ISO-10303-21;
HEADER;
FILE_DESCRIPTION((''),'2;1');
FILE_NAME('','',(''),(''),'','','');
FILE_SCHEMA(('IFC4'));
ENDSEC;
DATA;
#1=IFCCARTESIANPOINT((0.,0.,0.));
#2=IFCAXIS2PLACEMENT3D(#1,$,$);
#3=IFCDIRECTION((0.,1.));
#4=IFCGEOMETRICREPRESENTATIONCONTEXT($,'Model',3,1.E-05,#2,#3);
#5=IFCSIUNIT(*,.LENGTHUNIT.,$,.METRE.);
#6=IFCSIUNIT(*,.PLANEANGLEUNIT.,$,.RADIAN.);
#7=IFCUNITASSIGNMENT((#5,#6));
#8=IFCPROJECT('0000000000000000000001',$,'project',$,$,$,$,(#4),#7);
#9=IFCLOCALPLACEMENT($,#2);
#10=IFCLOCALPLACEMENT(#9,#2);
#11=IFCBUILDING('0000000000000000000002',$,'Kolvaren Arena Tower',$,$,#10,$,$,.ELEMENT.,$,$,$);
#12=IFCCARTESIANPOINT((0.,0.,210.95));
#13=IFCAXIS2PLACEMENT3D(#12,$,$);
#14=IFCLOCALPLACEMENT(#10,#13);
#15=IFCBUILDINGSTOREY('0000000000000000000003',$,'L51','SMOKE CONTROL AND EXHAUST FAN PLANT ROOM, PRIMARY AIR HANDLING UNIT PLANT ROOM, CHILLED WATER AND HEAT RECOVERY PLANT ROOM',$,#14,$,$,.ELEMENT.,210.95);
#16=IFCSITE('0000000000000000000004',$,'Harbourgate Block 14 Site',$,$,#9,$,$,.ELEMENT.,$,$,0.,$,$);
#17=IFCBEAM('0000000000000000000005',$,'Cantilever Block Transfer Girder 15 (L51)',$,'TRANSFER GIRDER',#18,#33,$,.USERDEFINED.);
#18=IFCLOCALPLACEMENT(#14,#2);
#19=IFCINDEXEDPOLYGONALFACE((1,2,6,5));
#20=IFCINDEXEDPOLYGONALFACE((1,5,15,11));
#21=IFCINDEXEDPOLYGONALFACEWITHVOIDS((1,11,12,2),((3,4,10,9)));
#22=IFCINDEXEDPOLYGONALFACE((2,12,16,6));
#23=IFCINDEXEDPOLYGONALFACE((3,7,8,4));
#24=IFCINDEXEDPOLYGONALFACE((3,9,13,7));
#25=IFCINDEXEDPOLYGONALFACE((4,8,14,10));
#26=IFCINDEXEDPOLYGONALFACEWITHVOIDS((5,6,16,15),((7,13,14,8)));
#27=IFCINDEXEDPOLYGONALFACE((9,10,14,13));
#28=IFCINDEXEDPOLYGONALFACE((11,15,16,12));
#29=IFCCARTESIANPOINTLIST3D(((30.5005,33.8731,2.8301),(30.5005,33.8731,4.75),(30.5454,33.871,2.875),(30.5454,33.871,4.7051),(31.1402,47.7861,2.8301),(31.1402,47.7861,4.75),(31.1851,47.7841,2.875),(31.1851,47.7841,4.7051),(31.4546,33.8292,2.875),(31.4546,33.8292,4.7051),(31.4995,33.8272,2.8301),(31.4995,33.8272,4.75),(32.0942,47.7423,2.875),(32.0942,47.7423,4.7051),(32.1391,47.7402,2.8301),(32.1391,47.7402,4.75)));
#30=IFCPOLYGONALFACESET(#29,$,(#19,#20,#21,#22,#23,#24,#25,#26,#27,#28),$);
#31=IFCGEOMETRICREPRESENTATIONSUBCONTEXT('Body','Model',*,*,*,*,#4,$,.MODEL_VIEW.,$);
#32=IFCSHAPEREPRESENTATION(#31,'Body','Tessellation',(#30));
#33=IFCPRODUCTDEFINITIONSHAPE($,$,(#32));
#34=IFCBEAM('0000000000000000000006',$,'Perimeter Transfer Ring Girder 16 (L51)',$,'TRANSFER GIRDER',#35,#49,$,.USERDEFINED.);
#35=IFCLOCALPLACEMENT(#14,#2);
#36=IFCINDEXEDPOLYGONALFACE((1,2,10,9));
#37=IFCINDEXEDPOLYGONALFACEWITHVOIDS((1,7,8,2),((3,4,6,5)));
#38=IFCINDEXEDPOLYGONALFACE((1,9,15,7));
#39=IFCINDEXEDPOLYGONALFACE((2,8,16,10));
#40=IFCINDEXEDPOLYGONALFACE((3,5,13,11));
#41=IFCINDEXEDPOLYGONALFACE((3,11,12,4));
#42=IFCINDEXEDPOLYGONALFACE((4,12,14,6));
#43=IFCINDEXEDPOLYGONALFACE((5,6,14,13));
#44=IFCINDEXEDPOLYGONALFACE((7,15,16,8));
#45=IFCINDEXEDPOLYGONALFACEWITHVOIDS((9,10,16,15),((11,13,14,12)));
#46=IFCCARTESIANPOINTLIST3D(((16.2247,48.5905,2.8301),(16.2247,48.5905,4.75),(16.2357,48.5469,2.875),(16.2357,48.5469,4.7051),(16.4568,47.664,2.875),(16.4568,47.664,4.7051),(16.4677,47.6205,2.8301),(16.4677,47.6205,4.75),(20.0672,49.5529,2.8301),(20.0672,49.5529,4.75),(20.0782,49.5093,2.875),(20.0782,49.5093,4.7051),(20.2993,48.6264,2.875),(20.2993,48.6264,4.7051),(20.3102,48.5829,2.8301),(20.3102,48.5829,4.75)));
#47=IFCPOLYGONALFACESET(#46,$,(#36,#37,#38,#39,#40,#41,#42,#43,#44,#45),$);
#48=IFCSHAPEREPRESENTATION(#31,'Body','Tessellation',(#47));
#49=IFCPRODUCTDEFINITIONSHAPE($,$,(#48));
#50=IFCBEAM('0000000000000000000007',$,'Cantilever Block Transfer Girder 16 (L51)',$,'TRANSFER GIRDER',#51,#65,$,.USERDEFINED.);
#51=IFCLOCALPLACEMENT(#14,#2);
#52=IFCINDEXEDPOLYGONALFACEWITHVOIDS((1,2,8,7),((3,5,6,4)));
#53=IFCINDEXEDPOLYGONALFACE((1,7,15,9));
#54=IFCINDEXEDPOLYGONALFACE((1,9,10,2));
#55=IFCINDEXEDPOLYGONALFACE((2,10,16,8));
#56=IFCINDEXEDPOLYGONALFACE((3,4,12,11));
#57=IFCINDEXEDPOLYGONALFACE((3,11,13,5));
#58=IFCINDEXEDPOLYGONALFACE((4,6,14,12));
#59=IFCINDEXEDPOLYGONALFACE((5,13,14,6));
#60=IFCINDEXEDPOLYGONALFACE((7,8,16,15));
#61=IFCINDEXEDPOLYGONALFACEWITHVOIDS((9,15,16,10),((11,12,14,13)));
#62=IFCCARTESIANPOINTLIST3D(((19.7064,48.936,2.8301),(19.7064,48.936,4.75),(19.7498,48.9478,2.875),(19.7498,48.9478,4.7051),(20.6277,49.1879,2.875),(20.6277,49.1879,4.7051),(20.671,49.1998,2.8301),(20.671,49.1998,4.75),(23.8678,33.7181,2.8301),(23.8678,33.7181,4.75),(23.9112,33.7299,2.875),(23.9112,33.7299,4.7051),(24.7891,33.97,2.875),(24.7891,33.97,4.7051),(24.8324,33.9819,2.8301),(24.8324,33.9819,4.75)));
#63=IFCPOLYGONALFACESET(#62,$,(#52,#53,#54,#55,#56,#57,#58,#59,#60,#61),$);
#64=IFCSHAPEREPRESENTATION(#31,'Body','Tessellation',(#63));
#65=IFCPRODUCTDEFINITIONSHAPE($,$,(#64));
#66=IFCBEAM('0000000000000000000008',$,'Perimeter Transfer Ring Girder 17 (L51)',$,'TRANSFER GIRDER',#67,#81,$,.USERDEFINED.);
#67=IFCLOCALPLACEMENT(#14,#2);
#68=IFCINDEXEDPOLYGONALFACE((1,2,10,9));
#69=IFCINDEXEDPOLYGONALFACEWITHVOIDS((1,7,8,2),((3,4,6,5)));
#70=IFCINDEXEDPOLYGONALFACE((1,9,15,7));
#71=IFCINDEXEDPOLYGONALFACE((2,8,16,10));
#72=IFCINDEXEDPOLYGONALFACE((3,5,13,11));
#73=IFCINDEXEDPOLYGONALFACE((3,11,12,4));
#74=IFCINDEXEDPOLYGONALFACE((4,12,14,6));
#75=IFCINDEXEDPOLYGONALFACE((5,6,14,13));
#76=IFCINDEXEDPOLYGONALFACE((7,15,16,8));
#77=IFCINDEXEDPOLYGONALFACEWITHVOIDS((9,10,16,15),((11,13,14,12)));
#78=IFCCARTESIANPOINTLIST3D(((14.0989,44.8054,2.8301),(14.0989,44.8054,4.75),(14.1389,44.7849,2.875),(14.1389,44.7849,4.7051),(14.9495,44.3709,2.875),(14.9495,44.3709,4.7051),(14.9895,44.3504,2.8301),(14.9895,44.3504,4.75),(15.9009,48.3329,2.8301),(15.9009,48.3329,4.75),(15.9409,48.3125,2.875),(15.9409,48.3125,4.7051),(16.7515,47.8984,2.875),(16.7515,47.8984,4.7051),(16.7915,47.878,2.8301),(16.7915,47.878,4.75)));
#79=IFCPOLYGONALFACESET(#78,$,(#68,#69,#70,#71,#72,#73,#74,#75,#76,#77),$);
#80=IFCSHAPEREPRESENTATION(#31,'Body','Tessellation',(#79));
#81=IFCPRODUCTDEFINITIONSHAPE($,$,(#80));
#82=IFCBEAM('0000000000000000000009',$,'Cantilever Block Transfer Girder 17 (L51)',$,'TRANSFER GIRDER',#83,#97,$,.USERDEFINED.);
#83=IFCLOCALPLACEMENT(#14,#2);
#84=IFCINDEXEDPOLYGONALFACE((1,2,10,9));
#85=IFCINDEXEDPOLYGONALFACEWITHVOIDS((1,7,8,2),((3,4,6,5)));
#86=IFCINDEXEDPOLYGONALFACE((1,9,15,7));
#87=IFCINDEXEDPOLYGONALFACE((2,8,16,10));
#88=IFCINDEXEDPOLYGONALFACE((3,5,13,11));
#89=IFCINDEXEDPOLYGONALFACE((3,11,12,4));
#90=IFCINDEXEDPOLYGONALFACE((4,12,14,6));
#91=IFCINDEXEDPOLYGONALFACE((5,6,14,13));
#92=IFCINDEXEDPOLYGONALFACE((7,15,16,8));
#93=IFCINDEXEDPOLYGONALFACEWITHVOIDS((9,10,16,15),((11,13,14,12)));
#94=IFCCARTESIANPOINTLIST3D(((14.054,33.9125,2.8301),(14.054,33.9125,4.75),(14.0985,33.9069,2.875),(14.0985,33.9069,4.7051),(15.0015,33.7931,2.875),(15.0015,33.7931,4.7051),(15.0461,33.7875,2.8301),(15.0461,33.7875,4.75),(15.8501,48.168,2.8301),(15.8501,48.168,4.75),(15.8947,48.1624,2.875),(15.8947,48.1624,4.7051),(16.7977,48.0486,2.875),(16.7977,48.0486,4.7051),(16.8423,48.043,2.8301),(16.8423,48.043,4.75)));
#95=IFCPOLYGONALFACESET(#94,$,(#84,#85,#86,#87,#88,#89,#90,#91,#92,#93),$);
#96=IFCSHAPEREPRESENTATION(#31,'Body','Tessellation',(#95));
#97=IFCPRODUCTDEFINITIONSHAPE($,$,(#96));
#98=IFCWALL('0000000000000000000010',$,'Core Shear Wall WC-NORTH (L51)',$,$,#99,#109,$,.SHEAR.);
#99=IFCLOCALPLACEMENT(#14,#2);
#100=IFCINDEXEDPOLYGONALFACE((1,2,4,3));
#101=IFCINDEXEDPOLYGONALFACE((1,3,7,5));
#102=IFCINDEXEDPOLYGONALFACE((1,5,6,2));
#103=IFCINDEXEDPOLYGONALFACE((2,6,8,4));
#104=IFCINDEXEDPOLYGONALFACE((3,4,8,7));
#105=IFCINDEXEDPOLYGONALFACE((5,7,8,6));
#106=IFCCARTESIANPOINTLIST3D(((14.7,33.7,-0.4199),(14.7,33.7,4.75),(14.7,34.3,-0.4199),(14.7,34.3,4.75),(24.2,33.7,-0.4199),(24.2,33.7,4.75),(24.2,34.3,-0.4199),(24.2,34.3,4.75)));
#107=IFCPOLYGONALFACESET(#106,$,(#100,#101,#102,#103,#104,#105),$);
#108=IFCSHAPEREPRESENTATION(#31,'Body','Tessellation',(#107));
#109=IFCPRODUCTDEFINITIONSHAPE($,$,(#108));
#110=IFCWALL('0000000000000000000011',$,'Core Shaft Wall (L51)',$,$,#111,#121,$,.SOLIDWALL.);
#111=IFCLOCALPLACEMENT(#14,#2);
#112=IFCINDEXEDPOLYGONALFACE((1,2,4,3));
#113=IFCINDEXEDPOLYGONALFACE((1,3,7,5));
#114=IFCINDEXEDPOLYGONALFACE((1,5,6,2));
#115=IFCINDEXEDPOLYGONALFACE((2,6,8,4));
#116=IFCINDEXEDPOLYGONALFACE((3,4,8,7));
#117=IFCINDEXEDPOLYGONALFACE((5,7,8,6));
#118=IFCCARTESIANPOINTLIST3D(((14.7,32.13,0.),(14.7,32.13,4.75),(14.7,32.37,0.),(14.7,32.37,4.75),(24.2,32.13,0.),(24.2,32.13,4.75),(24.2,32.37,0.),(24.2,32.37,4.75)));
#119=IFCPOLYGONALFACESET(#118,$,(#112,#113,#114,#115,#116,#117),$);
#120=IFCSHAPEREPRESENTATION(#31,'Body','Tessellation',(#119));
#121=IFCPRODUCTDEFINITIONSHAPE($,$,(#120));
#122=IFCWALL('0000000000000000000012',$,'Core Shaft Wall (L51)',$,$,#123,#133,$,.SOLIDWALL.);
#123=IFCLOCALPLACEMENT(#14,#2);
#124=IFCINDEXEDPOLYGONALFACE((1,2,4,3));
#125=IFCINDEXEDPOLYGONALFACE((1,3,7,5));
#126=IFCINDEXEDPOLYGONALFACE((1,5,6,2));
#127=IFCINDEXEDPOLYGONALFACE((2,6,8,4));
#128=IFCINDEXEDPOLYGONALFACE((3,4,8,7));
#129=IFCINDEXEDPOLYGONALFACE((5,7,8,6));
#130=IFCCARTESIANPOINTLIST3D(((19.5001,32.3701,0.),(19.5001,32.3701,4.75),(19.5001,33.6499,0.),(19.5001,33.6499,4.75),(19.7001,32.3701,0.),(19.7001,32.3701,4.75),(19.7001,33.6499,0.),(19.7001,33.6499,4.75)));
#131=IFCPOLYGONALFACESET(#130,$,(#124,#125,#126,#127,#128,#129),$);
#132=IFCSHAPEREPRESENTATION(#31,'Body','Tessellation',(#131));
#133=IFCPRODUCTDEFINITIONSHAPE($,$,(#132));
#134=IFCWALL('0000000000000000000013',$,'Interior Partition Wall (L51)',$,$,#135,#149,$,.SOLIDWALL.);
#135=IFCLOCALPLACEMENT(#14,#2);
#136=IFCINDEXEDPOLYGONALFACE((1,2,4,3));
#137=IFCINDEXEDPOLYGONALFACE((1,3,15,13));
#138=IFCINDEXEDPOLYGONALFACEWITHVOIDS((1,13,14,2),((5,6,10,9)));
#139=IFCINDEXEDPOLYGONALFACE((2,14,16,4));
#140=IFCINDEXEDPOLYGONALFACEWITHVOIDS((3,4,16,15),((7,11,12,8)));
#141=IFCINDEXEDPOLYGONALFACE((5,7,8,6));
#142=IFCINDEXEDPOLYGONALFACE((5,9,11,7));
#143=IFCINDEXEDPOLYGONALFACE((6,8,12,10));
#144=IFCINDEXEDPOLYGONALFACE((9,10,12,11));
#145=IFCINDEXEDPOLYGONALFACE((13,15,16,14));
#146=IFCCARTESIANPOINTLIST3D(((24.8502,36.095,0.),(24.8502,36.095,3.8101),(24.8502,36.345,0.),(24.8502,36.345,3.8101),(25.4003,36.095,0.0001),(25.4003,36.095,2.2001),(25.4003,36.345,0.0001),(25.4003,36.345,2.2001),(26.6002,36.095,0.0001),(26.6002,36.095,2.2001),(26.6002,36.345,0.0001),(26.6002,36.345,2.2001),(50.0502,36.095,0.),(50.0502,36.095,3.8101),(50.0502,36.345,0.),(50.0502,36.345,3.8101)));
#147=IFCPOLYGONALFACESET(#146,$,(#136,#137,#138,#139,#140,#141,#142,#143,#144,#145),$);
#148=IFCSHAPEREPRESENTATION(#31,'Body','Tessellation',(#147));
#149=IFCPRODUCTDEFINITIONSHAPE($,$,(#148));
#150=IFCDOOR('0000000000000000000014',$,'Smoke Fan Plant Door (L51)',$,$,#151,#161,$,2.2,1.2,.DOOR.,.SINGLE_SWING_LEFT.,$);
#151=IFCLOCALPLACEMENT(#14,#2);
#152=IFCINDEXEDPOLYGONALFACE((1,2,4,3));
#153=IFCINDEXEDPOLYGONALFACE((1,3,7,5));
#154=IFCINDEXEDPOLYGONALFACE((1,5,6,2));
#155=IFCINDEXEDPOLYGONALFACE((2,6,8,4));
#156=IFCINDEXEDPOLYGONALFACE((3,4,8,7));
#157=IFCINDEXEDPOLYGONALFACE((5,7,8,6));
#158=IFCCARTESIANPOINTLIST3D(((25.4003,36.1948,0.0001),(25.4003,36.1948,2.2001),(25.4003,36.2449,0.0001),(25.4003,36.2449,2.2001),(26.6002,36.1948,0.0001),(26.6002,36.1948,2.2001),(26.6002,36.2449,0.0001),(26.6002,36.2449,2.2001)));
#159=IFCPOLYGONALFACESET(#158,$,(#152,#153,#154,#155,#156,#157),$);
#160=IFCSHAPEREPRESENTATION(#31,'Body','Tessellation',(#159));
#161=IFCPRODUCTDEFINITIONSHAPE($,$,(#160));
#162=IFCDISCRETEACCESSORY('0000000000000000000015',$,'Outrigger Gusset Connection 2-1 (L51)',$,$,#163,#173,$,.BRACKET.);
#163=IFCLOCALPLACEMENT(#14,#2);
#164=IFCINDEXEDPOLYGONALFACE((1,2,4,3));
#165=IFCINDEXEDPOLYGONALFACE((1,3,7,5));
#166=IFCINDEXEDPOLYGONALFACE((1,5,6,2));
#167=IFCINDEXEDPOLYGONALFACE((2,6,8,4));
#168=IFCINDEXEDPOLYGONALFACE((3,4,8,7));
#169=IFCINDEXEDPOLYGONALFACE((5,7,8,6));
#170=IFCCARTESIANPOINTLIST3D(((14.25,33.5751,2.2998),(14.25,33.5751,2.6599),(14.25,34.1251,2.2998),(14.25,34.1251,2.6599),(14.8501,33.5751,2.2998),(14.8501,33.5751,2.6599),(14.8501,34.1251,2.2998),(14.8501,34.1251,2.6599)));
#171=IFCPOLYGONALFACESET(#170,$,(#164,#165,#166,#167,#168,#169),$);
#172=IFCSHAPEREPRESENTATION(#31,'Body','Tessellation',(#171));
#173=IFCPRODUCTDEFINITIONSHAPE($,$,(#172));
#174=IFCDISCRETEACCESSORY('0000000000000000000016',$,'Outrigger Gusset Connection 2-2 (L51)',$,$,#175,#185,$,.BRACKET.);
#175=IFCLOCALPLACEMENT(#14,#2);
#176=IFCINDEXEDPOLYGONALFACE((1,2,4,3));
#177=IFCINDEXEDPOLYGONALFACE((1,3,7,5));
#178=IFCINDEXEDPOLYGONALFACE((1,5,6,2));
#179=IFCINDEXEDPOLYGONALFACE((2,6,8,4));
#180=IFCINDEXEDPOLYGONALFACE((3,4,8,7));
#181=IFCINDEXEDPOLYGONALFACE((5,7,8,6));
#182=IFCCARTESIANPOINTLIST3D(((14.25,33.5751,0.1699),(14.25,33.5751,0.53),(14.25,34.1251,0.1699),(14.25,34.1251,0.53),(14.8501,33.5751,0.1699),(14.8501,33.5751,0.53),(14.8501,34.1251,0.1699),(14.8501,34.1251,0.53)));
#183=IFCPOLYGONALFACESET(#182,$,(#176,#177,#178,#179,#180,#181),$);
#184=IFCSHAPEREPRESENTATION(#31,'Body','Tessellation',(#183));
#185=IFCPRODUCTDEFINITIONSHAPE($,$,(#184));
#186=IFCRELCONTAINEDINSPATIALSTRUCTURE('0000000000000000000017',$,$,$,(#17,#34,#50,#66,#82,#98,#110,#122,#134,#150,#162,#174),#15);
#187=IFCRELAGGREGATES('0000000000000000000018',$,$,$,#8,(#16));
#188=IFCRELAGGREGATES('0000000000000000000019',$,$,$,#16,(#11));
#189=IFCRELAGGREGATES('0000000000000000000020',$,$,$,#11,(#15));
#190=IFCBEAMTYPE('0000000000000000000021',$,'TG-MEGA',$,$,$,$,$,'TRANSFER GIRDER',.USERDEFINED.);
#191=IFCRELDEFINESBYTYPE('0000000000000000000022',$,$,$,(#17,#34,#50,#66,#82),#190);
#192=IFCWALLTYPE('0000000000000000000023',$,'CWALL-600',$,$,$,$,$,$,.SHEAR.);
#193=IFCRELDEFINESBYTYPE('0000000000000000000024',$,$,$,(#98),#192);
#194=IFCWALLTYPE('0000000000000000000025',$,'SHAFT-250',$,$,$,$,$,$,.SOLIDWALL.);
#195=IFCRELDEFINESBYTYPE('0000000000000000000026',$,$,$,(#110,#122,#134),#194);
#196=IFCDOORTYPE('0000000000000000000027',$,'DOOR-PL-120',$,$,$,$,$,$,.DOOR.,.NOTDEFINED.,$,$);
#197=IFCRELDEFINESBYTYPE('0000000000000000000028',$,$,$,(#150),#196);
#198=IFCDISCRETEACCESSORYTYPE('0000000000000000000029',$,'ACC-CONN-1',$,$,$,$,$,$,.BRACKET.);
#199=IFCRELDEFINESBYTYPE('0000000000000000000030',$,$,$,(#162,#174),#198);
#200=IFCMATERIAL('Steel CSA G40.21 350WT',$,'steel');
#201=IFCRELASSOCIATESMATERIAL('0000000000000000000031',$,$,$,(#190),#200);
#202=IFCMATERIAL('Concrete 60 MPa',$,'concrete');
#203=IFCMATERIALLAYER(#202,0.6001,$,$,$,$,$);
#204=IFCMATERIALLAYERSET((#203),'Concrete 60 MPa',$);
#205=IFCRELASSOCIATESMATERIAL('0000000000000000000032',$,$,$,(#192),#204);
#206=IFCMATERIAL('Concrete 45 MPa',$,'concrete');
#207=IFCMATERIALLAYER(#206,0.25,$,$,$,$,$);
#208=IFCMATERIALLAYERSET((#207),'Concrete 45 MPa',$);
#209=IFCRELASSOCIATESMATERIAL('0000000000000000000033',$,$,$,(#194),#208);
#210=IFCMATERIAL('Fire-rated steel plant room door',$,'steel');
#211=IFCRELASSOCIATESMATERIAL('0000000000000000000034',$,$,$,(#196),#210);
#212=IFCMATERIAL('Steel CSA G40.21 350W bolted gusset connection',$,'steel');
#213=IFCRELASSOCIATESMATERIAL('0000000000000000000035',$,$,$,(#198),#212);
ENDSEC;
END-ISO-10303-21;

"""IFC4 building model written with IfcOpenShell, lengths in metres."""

from ifc_helpers import new_model, si_unit, direction, frame, frame_2d, origin, origin_2d, place, context, subcontext, project, spatial, rectangle, hollow_rectangle, extrude, material, layer, layer_set, material_profile, profile_set, type_object, element, fill, save


model = new_model("IFC4")

# Units and contexts
model_context = context("Model", 3, precision=1e-05, world=origin(), true_north=direction((0.0, 1.0)))
body_context = subcontext(model_context, "Body", "Model", "MODEL_VIEW")
ifc_project = project(units=[si_unit("LENGTHUNIT", "METRE"), si_unit("PLANEANGLEUNIT", "RADIAN")], contexts=[model_context])

# Site, building, storey
site_placement = place(None, origin())
site = spatial("IfcSite", under=ifc_project, at=site_placement, Name="Harbourgate Block 14 Site", CompositionType="ELEMENT", RefElevation=0.0)
building_placement = place(site_placement, origin())
building = spatial("IfcBuilding", under=site, at=building_placement, Name="Kolvaren Arena Tower", CompositionType="ELEMENT")
storey_placement = place(building_placement, frame((0.0, 0.0, 210.95)))
storey = spatial("IfcBuildingStorey", under=building, at=storey_placement, Name="L51", Description="SMOKE CONTROL AND EXHAUST FAN PLANT ROOM, PRIMARY AIR HANDLING UNIT PLANT ROOM, CHILLED WATER AND HEAT RECOVERY PLANT ROOM", CompositionType="ELEMENT", Elevation=210.95)

# Shared definitions
ifc_material_1 = material(Name="Steel CSA G40.21 350WT", Category="steel")

# Beams
ifc_material_profile_1 = material_profile(ifc_material_1, hollow_rectangle(XDim=1.0, YDim=1.9199, WallThickness=0.0449, at=origin_2d()), Name="BOX 1000x1920x45")
ifc_profile_set_1 = profile_set([ifc_material_profile_1], Name="Steel CSA G40.21 350WT")
beam_type_1 = type_object("IfcBeamType", Name="TG-MEGA", ElementType="TRANSFER GIRDER", PredefinedType="USERDEFINED", material=ifc_profile_set_1)
beam_1_placement = place(storey_placement, frame((31.6396, 47.7632, 3.79), z_axis=(-0.045926, -0.998945, 0.0), x_axis=(0.998945, -0.045926, 0.0)))
element("IfcBeam", 1, at=beam_1_placement, inside=storey, type_object=beam_type_1, Name="Cantilever Block Transfer Girder 15 (L51)", ObjectType="TRANSFER GIRDER", PredefinedType="USERDEFINED", context=body_context, shape_type="SweptSolid", body=[
    extrude(hollow_rectangle(XDim=1.0, YDim=1.9199, WallThickness=0.0449, at=origin_2d()), origin(), (0.0, 0.0, 1.0), 13.9277),
])
beam_2_placement = place(storey_placement, frame((20.1887, 49.0679, 3.79), z_axis=(-0.970037, -0.242956, 0.0), x_axis=(0.242956, -0.970037, 0.0)))
element("IfcBeam", 2, at=beam_2_placement, inside=storey, type_object=beam_type_1, Name="Perimeter Transfer Ring Girder 16 (L51)", ObjectType="TRANSFER GIRDER", PredefinedType="USERDEFINED", context=body_context, shape_type="SweptSolid", body=[
    extrude(hollow_rectangle(XDim=1.0, YDim=1.9199, WallThickness=0.0449, at=origin_2d()), origin(), (0.0, 0.0, 1.0), 3.9612),
])
beam_3_placement = place(storey_placement, frame((20.1887, 49.0679, 3.79), z_axis=(0.263771, -0.964585, 0.0), x_axis=(0.964585, 0.263771, 0.0)))
element("IfcBeam", 3, at=beam_3_placement, inside=storey, type_object=beam_type_1, Name="Cantilever Block Transfer Girder 16 (L51)", ObjectType="TRANSFER GIRDER", PredefinedType="USERDEFINED", context=body_context, shape_type="SweptSolid", body=[
    extrude(hollow_rectangle(XDim=1.0, YDim=1.9199, WallThickness=0.0449, at=origin_2d()), origin(), (0.0, 0.0, 1.0), 15.7766),
])
beam_4_placement = place(storey_placement, frame((16.3462, 48.1055, 3.79), z_axis=(-0.454913, -0.890536, 0.0), x_axis=(0.890536, -0.454913, 0.0)))
element("IfcBeam", 4, at=beam_4_placement, inside=storey, type_object=beam_type_1, Name="Perimeter Transfer Ring Girder 17 (L51)", ObjectType="TRANSFER GIRDER", PredefinedType="USERDEFINED", context=body_context, shape_type="SweptSolid", body=[
    extrude(hollow_rectangle(XDim=1.0, YDim=1.9199, WallThickness=0.0449, at=origin_2d()), origin(), (0.0, 0.0, 1.0), 3.9612),
])
beam_5_placement = place(storey_placement, frame((16.3462, 48.1055, 3.79), z_axis=(-0.125009, -0.992156, 0.0), x_axis=(0.992156, -0.125009, 0.0)))
element("IfcBeam", 5, at=beam_5_placement, inside=storey, type_object=beam_type_1, Name="Cantilever Block Transfer Girder 17 (L51)", ObjectType="TRANSFER GIRDER", PredefinedType="USERDEFINED", context=body_context, shape_type="SweptSolid", body=[
    extrude(hollow_rectangle(XDim=1.0, YDim=1.9199, WallThickness=0.0449, at=origin_2d()), origin(), (0.0, 0.0, 1.0), 14.3682),
])

# Walls
ifc_material_2 = material(Name="Concrete 60 MPa", Category="concrete")
ifc_layer_1 = layer(ifc_material_2, 0.6001)
ifc_layer_set_1 = layer_set([ifc_layer_1], Name="Concrete 60 MPa")
wall_type_1 = type_object("IfcWallType", Name="CWALL-600", PredefinedType="SHEAR", material=ifc_layer_set_1)
wall_1_placement = place(storey_placement, frame((14.7, 34.0, -0.4199), z_axis=(0.0, 0.0, 1.0), x_axis=(1.0, 0.0, 0.0)))
element("IfcWall", 6, at=wall_1_placement, inside=storey, type_object=wall_type_1, Name="Core Shear Wall WC-NORTH (L51)", PredefinedType="SHEAR", context=body_context, shape_type="SweptSolid", body=[
    extrude(rectangle(XDim=9.5, YDim=0.6001, at=frame_2d((4.75, 0.0))), origin(), (0.0, 0.0, 1.0), 5.1699),
])
ifc_material_3 = material(Name="Concrete 45 MPa", Category="concrete")
ifc_layer_2 = layer(ifc_material_3, 0.25)
ifc_layer_set_2 = layer_set([ifc_layer_2], Name="Concrete 45 MPa")
wall_type_2 = type_object("IfcWallType", Name="SHAFT-250", PredefinedType="SOLIDWALL", material=ifc_layer_set_2)
wall_2_placement = place(storey_placement, frame((14.7, 32.25, 0.0), z_axis=(0.0, 0.0, 1.0), x_axis=(1.0, 0.0, 0.0)))
element("IfcWall", 7, at=wall_2_placement, inside=storey, type_object=wall_type_2, Name="Core Shaft Wall (L51)", PredefinedType="SOLIDWALL", context=body_context, shape_type="SweptSolid", body=[
    extrude(rectangle(XDim=9.5, YDim=0.24, at=frame_2d((4.75, 0.0))), origin(), (0.0, 0.0, 1.0), 4.75),
])
wall_3_placement = place(storey_placement, frame((19.6001, 32.3701, 0.0), z_axis=(0.0, 0.0, 1.0), x_axis=(0.0, 1.0, 0.0)))
element("IfcWall", 8, at=wall_3_placement, inside=storey, type_object=wall_type_2, Name="Core Shaft Wall (L51)", PredefinedType="SOLIDWALL", context=body_context, shape_type="SweptSolid", body=[
    extrude(rectangle(XDim=1.2798, YDim=0.2, at=frame_2d((0.6399, 0.0))), origin(), (0.0, 0.0, 1.0), 4.75),
])

# Wall, opening, door
wall_4_placement = place(storey_placement, frame((24.8501, 36.22, 0.0), z_axis=(0.0, 0.0, 1.0), x_axis=(1.0, 0.0, 0.0)))
wall_4 = element("IfcWall", 9, at=wall_4_placement, inside=storey, type_object=wall_type_2, Name="Interior Partition Wall (L51)", PredefinedType="SOLIDWALL", context=body_context, shape_type="SweptSolid", body=[
    extrude(rectangle(XDim=25.2, YDim=0.25, at=frame_2d((12.6001, 0.0))), origin(), (0.0, 0.0, 1.0), 3.8101),
])
opening_placement = place(wall_4_placement, frame((0.55, 0.0, 0.0)))
opening = element("IfcOpeningElement", 10, at=opening_placement, cuts=wall_4, PredefinedType="OPENING", context=body_context, shape_type="SweptSolid", body=[
    extrude(rectangle(XDim=1.2, YDim=2.2, at=frame_2d((0.6001, 1.1001))), frame((0.0, 0.135, 0.0), z_axis=(0.0, -1.0, 0.0), x_axis=(1.0, 0.0, 0.0)), (0.0, 0.0, 1.0), 0.27),
])
ifc_material_4 = material(Name="Fire-rated steel plant room door", Category="steel")
door_type = type_object("IfcDoorType", Name="DOOR-PL-120", OperationType="NOTDEFINED", PredefinedType="DOOR", material=ifc_material_4)
door_placement = place(opening_placement, origin())
door = element("IfcDoor", 11, at=door_placement, inside=storey, type_object=door_type, Name="Smoke Fan Plant Door (L51)", OperationType="SINGLE_SWING_LEFT", OverallHeight=2.2, OverallWidth=1.2, PredefinedType="DOOR", context=body_context, shape_type="SweptSolid", body=[
    extrude(rectangle(XDim=1.2, YDim=2.2, at=frame_2d((0.6001, 1.1001))), frame((0.0, 0.0249, 0.0), z_axis=(0.0, -1.0, 0.0), x_axis=(1.0, 0.0, 0.0)), (0.0, 0.0, 1.0), 0.05),
])
fill(opening, door)

# Discrete accessories
ifc_material_5 = material(Name="Steel CSA G40.21 350W bolted gusset connection", Category="steel")
discrete_accessory_type = type_object("IfcDiscreteAccessoryType", Name="ACC-CONN-1", PredefinedType="BRACKET", material=ifc_material_5)
for number, where, z_axis, x_axis, name in (
    (12, (14.55, 33.8501, 2.2998), (0.0, 0.0, 1.0), (1.0, 0.0, 0.0), "Outrigger Gusset Connection 2-1 (L51)"),
    (13, (14.55, 33.8501, 0.1699), (0.0, 0.0, 1.0), (1.0, 0.0, 0.0), "Outrigger Gusset Connection 2-2 (L51)"),
):
    element("IfcDiscreteAccessory", number, at=place(storey_placement, frame(where, z_axis=z_axis, x_axis=x_axis)), inside=storey, type_object=discrete_accessory_type, Name=name, PredefinedType="BRACKET", context=body_context, shape_type="SweptSolid", body=[
        extrude(rectangle(XDim=0.6001, YDim=0.55, at=origin_2d()), origin(), (0.0, 0.0, 1.0), 0.3601),
    ])

save(model, "model.ifc")
